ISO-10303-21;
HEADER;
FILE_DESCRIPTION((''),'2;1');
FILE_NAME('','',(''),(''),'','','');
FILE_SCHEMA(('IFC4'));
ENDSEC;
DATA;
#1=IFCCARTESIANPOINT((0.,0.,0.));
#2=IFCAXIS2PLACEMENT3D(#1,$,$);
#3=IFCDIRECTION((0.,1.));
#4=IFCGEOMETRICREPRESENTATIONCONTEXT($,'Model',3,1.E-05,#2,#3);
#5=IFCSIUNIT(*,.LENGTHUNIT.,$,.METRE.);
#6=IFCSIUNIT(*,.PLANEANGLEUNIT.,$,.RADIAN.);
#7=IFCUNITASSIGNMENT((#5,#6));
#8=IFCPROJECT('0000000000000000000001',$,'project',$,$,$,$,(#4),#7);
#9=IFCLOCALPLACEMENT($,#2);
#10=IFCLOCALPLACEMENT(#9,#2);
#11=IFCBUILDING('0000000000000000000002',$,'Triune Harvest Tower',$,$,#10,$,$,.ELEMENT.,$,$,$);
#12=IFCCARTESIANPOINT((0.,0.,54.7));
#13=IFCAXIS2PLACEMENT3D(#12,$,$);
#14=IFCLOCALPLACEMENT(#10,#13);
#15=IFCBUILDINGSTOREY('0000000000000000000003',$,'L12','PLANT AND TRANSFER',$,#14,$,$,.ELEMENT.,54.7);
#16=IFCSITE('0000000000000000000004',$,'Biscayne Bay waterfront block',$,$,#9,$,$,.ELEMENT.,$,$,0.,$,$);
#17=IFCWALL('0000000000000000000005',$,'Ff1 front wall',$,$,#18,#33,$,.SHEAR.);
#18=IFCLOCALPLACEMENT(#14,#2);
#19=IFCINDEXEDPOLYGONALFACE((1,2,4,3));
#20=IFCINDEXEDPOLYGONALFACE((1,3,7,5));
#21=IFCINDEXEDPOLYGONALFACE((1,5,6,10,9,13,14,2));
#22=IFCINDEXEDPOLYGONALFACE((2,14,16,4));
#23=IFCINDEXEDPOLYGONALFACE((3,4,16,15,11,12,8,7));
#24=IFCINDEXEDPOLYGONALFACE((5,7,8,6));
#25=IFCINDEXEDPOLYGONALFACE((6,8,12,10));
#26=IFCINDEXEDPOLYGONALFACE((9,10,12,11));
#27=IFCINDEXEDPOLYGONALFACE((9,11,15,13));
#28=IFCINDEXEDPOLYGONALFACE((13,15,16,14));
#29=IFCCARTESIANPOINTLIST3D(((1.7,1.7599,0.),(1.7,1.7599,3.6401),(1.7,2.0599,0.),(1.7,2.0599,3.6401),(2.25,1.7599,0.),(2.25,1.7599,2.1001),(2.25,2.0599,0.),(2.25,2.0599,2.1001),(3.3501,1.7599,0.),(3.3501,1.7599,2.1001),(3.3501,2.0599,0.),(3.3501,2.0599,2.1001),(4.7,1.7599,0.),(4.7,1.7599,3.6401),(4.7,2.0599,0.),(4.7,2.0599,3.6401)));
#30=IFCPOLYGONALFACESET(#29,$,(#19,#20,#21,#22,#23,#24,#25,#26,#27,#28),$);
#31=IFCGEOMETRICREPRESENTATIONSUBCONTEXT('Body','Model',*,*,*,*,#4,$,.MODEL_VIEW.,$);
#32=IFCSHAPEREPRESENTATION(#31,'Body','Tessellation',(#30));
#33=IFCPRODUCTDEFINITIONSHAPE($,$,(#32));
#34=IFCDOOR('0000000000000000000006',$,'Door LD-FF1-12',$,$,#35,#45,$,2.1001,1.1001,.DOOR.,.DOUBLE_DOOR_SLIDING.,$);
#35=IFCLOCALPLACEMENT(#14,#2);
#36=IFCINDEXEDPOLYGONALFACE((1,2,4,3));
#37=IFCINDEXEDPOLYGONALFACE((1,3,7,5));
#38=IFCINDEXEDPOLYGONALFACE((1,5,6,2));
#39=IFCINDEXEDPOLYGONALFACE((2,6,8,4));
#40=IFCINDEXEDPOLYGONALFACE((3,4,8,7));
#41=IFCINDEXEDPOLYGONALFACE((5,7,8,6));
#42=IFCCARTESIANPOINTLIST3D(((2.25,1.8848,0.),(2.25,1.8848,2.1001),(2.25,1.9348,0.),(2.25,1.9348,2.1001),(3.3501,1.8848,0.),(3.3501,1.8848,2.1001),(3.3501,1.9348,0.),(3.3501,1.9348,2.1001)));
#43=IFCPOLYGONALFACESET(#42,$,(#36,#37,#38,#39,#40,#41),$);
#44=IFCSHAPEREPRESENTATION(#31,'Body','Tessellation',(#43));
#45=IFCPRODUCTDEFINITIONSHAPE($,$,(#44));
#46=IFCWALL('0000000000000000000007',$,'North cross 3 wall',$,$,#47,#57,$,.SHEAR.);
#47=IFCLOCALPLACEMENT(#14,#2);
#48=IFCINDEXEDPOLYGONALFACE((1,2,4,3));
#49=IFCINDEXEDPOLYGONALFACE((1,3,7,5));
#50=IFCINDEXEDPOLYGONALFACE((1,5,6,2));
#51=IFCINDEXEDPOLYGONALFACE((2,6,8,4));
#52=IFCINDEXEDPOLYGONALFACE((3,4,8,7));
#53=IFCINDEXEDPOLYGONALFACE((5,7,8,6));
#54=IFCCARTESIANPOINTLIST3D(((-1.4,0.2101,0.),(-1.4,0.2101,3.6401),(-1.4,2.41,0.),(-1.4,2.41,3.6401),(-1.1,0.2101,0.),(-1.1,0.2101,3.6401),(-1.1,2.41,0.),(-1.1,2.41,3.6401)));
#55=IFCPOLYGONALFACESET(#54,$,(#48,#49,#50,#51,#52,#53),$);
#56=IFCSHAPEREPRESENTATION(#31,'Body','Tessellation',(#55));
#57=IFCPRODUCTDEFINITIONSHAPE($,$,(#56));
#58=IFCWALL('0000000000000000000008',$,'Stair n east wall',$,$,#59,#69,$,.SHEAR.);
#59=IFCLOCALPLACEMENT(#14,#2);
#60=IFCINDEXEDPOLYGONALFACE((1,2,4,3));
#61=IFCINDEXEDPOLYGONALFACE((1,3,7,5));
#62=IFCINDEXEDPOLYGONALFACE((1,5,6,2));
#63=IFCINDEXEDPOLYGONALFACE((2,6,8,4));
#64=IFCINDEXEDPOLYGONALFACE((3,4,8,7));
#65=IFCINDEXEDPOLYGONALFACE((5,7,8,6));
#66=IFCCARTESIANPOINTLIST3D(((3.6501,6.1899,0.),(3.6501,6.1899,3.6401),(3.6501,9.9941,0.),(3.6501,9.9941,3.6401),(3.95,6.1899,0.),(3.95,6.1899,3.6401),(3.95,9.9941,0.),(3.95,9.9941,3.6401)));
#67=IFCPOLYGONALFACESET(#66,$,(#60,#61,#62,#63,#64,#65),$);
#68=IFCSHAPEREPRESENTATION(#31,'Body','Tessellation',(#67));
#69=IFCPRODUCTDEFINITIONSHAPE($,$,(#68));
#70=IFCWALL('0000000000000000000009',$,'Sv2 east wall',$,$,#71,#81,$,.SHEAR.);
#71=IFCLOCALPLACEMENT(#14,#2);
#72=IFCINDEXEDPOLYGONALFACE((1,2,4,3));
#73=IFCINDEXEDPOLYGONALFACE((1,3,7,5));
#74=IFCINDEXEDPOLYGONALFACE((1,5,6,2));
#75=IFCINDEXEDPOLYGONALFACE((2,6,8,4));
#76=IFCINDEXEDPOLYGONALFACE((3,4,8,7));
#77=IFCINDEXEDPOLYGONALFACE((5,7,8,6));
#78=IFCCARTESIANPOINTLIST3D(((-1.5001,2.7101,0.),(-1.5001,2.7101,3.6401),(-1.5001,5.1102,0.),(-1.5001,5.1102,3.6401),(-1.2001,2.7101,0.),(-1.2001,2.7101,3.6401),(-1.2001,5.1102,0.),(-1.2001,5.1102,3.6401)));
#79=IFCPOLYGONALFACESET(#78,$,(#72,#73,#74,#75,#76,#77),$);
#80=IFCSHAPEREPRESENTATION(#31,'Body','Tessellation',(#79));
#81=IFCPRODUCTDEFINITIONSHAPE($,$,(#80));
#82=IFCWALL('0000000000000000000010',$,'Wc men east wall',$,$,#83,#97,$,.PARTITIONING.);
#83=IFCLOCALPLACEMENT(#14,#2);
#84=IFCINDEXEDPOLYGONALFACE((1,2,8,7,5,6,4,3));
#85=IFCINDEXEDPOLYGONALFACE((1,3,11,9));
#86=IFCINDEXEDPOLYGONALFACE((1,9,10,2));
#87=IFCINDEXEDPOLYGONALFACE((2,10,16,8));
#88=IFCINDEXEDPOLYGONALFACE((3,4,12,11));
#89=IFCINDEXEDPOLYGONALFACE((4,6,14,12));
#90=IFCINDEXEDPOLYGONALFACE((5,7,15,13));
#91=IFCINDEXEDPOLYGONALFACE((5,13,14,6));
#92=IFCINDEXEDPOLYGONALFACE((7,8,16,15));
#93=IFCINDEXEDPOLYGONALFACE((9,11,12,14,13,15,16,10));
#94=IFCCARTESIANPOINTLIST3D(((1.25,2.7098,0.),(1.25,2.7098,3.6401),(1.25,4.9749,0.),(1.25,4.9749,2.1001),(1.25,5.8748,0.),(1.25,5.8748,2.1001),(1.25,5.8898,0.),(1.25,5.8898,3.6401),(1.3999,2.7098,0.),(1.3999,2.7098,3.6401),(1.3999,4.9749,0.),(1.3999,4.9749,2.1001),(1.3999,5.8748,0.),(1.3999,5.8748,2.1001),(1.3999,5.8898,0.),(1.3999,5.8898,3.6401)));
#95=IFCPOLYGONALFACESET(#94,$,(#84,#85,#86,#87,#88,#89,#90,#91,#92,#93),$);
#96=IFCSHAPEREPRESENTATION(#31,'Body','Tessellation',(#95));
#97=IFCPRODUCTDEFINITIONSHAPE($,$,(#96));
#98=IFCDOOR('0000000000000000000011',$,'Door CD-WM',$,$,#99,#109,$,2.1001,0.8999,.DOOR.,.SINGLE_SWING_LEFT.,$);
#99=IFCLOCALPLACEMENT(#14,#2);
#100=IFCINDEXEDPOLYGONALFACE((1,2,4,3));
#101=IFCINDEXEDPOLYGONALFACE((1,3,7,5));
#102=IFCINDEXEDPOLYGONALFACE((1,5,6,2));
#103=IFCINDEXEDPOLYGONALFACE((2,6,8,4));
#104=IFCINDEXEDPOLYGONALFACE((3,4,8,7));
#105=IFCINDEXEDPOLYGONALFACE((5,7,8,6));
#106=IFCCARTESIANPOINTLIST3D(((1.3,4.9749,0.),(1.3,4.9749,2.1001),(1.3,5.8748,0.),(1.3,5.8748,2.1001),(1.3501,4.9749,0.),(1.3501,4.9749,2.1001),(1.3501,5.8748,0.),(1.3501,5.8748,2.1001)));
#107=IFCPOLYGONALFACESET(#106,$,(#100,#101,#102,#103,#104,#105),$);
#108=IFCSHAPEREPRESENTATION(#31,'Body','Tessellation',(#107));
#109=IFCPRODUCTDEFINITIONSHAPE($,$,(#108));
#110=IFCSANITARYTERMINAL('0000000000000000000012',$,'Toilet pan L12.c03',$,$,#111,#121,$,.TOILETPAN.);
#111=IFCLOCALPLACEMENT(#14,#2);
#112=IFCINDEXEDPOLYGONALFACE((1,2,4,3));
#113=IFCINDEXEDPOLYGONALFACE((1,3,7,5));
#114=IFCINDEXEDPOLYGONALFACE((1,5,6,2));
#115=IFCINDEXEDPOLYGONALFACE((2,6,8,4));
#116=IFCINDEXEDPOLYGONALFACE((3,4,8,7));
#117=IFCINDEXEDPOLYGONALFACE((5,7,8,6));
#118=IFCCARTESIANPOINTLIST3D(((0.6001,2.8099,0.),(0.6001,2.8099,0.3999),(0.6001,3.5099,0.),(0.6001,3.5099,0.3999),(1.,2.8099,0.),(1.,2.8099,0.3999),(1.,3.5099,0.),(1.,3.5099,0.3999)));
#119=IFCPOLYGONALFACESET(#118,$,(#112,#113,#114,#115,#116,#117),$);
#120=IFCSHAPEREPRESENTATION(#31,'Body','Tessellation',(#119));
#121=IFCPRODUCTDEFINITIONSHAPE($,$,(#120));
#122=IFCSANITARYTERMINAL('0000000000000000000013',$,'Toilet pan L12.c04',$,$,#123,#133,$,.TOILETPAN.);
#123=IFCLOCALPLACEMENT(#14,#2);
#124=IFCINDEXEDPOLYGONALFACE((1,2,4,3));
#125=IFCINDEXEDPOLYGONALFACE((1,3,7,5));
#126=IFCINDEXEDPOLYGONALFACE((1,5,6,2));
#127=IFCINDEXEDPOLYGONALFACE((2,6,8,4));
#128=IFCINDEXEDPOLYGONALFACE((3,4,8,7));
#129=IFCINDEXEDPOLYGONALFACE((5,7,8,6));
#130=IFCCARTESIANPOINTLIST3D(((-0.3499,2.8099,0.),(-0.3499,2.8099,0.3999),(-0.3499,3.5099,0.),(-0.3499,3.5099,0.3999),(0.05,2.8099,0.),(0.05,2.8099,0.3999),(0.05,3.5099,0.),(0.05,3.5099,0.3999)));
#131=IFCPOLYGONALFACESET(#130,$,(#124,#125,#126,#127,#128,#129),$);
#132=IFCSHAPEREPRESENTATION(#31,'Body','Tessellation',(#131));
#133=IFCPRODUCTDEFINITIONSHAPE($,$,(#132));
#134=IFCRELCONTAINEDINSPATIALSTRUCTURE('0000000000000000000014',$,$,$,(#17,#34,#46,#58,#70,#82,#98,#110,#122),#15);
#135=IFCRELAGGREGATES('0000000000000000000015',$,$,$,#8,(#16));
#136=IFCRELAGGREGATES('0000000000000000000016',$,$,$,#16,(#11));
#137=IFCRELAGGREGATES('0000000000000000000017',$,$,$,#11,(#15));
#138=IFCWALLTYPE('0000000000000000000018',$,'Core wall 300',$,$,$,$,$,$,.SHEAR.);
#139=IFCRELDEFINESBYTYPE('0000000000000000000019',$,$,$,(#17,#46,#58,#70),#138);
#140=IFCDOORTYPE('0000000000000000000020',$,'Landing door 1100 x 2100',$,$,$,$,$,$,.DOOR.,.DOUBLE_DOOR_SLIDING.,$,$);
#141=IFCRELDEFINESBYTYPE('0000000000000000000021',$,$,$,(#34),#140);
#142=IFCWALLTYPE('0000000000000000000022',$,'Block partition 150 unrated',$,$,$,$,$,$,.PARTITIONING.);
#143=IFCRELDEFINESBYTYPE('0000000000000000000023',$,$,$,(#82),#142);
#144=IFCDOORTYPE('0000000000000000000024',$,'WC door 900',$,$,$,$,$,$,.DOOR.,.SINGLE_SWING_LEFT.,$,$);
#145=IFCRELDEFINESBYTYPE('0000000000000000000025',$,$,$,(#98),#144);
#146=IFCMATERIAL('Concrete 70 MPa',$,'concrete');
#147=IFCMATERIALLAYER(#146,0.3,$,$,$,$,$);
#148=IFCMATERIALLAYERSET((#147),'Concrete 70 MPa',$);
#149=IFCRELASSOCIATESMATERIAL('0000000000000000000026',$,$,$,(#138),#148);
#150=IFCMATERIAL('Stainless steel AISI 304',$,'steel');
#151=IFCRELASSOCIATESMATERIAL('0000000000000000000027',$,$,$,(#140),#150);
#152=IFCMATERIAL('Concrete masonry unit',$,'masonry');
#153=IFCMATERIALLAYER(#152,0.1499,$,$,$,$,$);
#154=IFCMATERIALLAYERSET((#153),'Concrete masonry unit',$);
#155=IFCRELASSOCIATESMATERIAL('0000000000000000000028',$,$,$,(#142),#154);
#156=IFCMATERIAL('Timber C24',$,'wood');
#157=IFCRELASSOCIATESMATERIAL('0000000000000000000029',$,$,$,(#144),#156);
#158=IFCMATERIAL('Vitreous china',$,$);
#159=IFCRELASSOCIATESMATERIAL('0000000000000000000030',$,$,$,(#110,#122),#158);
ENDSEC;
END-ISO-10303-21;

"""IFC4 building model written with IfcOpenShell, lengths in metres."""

from ifc_helpers import new_model, si_unit, direction, frame, frame_2d, origin, origin_2d, place, context, subcontext, project, spatial, polyline, rectangle, outline, extrude, source, transform, mapped, material, layer, layer_set, type_object, element, fill, save


model = new_model("IFC4")

# Units and contexts
model_context = context("Model", 3, precision=1e-05, world=origin(), true_north=direction((0.0, 1.0)))
body_context = subcontext(model_context, "Body", "Model", "MODEL_VIEW")
ifc_project = project(units=[si_unit("LENGTHUNIT", "METRE"), si_unit("PLANEANGLEUNIT", "RADIAN")], contexts=[model_context])

# Site, building, storey
site_placement = place(None, origin())
site = spatial("IfcSite", under=ifc_project, at=site_placement, Name="Biscayne Bay waterfront block", CompositionType="ELEMENT", RefElevation=0.0)
building_placement = place(site_placement, origin())
building = spatial("IfcBuilding", under=site, at=building_placement, Name="Triune Harvest Tower", CompositionType="ELEMENT")
storey_placement = place(building_placement, frame((0.0, 0.0, 54.7)))
storey = spatial("IfcBuildingStorey", under=building, at=storey_placement, Name="L12", Description="PLANT AND TRANSFER", CompositionType="ELEMENT", Elevation=54.7)

# Shared definitions
ifc_material_1 = material(Name="Concrete 70 MPa", Category="concrete")
ifc_layer_1 = layer(ifc_material_1, 0.3)
ifc_layer_set_1 = layer_set([ifc_layer_1], Name="Concrete 70 MPa")
wall_type_1 = type_object("IfcWallType", Name="Core wall 300", PredefinedType="SHEAR", material=ifc_layer_set_1)

# Wall, opening, door
shared_shape_1 = source(origin(), body_context, "Body", "SweptSolid", [
    extrude(rectangle(XDim=3.0, YDim=0.3, at=frame_2d((1.5, 0.0))), origin(), (0.0, 0.0, 1.0), 3.6401),
])
wall_1_placement = place(storey_placement, frame((1.7, 1.9099, 0.0), z_axis=(0.0, 0.0, 1.0), x_axis=(1.0, 0.0, 0.0)))
wall_1 = element("IfcWall", 1, at=wall_1_placement, inside=storey, type_object=wall_type_1, Name="Ff1 front wall", PredefinedType="SHEAR", context=body_context, shape_type="MappedRepresentation", body=[
    mapped(shared_shape_1, transform((0.0, 0.0, 0.0), scale=1.0)),
])
opening_1_placement = place(wall_1_placement, frame((0.55, 0.0, 0.0)))
opening_1 = element("IfcOpeningElement", 2, at=opening_1_placement, cuts=wall_1, PredefinedType="OPENING", context=body_context, shape_type="SweptSolid", body=[
    extrude(rectangle(XDim=1.1001, YDim=2.1001, at=frame_2d((0.55, 1.05))), frame((0.0, 0.1602, 0.0), z_axis=(0.0, -1.0, 0.0), x_axis=(1.0, 0.0, 0.0)), (0.0, 0.0, 1.0), 0.3201),
])
ifc_material_2 = material(Name="Stainless steel AISI 304", Category="steel")
door_type_1 = type_object("IfcDoorType", Name="Landing door 1100 x 2100", OperationType="DOUBLE_DOOR_SLIDING", PredefinedType="DOOR", material=ifc_material_2)
door_1_placement = place(opening_1_placement, origin())
door_1 = element("IfcDoor", 3, at=door_1_placement, inside=storey, type_object=door_type_1, Name="Door LD-FF1-12", OperationType="DOUBLE_DOOR_SLIDING", OverallHeight=2.1001, OverallWidth=1.1001, PredefinedType="DOOR", context=body_context, shape_type="SweptSolid", body=[
    extrude(rectangle(XDim=1.1001, YDim=2.1001, at=frame_2d((0.55, 1.05))), frame((0.0, 0.0249, 0.0), z_axis=(0.0, -1.0, 0.0), x_axis=(1.0, 0.0, 0.0)), (0.0, 0.0, 1.0), 0.05),
])
fill(opening_1, door_1)

# Walls
shared_shape_2 = source(origin(), body_context, "Body", "SweptSolid", [
    extrude(rectangle(XDim=2.2, YDim=0.3, at=frame_2d((1.1001, 0.0))), origin(), (0.0, 0.0, 1.0), 3.6401),
])
wall_2_placement = place(storey_placement, frame((-1.25, 0.21, 0.0), z_axis=(0.0, 0.0, 1.0), x_axis=(0.0, 1.0, 0.0)))
element("IfcWall", 4, at=wall_2_placement, inside=storey, type_object=wall_type_1, Name="North cross 3 wall", PredefinedType="SHEAR", context=body_context, shape_type="MappedRepresentation", body=[
    mapped(shared_shape_2, transform((0.0, 0.0, 0.0), scale=1.0)),
])
shared_shape_3 = source(origin(), body_context, "Body", "SweptSolid", [
    extrude(outline(polyline([(0.0, -0.1499), (0.0, 0.1499), (3.8042, 0.1499), (3.8042, -0.1499), (0.0, -0.1499)])), origin(), (0.0, 0.0, 1.0), 3.6401),
])
wall_3_placement = place(storey_placement, frame((3.8, 6.1899, 0.0), z_axis=(0.0, 0.0, 1.0), x_axis=(0.0, 1.0, 0.0)))
element("IfcWall", 5, at=wall_3_placement, inside=storey, type_object=wall_type_1, Name="Stair n east wall", PredefinedType="SHEAR", context=body_context, shape_type="MappedRepresentation", body=[
    mapped(shared_shape_3, transform((0.0, 0.0, 0.0), scale=1.0)),
])
shared_shape_4 = source(origin(), body_context, "Body", "SweptSolid", [
    extrude(rectangle(XDim=2.4001, YDim=0.3, at=frame_2d((1.2002, 0.0))), origin(), (0.0, 0.0, 1.0), 3.6401),
])
wall_4_placement = place(storey_placement, frame((-1.3501, 2.71, 0.0), z_axis=(0.0, 0.0, 1.0), x_axis=(0.0, 1.0, 0.0)))
element("IfcWall", 6, at=wall_4_placement, inside=storey, type_object=wall_type_1, Name="Sv2 east wall", PredefinedType="SHEAR", context=body_context, shape_type="MappedRepresentation", body=[
    mapped(shared_shape_4, transform((0.0, 0.0, 0.0), scale=1.0)),
])

# Wall, opening, door
ifc_material_3 = material(Name="Concrete masonry unit", Category="masonry")
ifc_layer_2 = layer(ifc_material_3, 0.1499)
ifc_layer_set_2 = layer_set([ifc_layer_2], Name="Concrete masonry unit")
wall_type_2 = type_object("IfcWallType", Name="Block partition 150 unrated", PredefinedType="PARTITIONING", material=ifc_layer_set_2)
shared_shape_5 = source(origin(), body_context, "Body", "SweptSolid", [
    extrude(rectangle(XDim=3.1799, YDim=0.1499, at=frame_2d((1.5898, 0.0))), origin(), (0.0, 0.0, 1.0), 3.6401),
])
wall_5_placement = place(storey_placement, frame((1.325, 2.71, 0.0), z_axis=(0.0, 0.0, 1.0), x_axis=(0.0, 1.0, 0.0)))
wall_5 = element("IfcWall", 7, at=wall_5_placement, inside=storey, type_object=wall_type_2, Name="Wc men east wall", PredefinedType="PARTITIONING", context=body_context, shape_type="MappedRepresentation", body=[
    mapped(shared_shape_5, transform((0.0, 0.0, 0.0), scale=1.0)),
])
opening_2_placement = place(wall_5_placement, frame((2.2649, 0.0, 0.0)))
opening_2 = element("IfcOpeningElement", 8, at=opening_2_placement, cuts=wall_5, PredefinedType="OPENING", context=body_context, shape_type="SweptSolid", body=[
    extrude(rectangle(XDim=0.8999, YDim=2.1001, at=frame_2d((0.45, 1.05))), frame((0.0, 0.085, 0.0), z_axis=(0.0, -1.0, 0.0), x_axis=(1.0, 0.0, 0.0)), (0.0, 0.0, 1.0), 0.1699),
])
ifc_material_4 = material(Name="Timber C24", Category="wood")
door_type_2 = type_object("IfcDoorType", Name="WC door 900", OperationType="SINGLE_SWING_LEFT", PredefinedType="DOOR", material=ifc_material_4)
door_2_placement = place(opening_2_placement, origin())
door_2 = element("IfcDoor", 9, at=door_2_placement, inside=storey, type_object=door_type_2, Name="Door CD-WM", OperationType="SINGLE_SWING_LEFT", OverallHeight=2.1001, OverallWidth=0.8999, PredefinedType="DOOR", context=body_context, shape_type="SweptSolid", body=[
    extrude(rectangle(XDim=0.8999, YDim=2.1001, at=frame_2d((0.45, 1.05))), frame((0.0, 0.0249, 0.0), z_axis=(0.0, -1.0, 0.0), x_axis=(1.0, 0.0, 0.0)), (0.0, 0.0, 1.0), 0.05),
])
fill(opening_2, door_2)

# Sanitary terminals
ifc_material_5 = material(Name="Vitreous china")
shared_shape_6 = source(origin(), body_context, "Body", "SweptSolid", [
    extrude(rectangle(XDim=0.3999, YDim=0.7, at=origin_2d()), origin(), (0.0, 0.0, 1.0), 0.3999),
])
for number, where, z_axis, x_axis, name in (
    (10, (0.8, 3.1599, 0.0), (0.0, 0.0, 1.0), (-1.0, 0.0, 0.0), "Toilet pan L12.c03"),
    (11, (-0.1499, 3.1599, 0.0), (0.0, 0.0, 1.0), (-1.0, 0.0, 0.0), "Toilet pan L12.c04"),
):
    element("IfcSanitaryTerminal", number, at=place(storey_placement, frame(where, z_axis=z_axis, x_axis=x_axis)), inside=storey, material=ifc_material_5, Name=name, PredefinedType="TOILETPAN", context=body_context, shape_type="MappedRepresentation", body=[
        mapped(shared_shape_6, transform((0.0, 0.0, 0.0), scale=1.0)),
    ])

save(model, "model.ifc")
